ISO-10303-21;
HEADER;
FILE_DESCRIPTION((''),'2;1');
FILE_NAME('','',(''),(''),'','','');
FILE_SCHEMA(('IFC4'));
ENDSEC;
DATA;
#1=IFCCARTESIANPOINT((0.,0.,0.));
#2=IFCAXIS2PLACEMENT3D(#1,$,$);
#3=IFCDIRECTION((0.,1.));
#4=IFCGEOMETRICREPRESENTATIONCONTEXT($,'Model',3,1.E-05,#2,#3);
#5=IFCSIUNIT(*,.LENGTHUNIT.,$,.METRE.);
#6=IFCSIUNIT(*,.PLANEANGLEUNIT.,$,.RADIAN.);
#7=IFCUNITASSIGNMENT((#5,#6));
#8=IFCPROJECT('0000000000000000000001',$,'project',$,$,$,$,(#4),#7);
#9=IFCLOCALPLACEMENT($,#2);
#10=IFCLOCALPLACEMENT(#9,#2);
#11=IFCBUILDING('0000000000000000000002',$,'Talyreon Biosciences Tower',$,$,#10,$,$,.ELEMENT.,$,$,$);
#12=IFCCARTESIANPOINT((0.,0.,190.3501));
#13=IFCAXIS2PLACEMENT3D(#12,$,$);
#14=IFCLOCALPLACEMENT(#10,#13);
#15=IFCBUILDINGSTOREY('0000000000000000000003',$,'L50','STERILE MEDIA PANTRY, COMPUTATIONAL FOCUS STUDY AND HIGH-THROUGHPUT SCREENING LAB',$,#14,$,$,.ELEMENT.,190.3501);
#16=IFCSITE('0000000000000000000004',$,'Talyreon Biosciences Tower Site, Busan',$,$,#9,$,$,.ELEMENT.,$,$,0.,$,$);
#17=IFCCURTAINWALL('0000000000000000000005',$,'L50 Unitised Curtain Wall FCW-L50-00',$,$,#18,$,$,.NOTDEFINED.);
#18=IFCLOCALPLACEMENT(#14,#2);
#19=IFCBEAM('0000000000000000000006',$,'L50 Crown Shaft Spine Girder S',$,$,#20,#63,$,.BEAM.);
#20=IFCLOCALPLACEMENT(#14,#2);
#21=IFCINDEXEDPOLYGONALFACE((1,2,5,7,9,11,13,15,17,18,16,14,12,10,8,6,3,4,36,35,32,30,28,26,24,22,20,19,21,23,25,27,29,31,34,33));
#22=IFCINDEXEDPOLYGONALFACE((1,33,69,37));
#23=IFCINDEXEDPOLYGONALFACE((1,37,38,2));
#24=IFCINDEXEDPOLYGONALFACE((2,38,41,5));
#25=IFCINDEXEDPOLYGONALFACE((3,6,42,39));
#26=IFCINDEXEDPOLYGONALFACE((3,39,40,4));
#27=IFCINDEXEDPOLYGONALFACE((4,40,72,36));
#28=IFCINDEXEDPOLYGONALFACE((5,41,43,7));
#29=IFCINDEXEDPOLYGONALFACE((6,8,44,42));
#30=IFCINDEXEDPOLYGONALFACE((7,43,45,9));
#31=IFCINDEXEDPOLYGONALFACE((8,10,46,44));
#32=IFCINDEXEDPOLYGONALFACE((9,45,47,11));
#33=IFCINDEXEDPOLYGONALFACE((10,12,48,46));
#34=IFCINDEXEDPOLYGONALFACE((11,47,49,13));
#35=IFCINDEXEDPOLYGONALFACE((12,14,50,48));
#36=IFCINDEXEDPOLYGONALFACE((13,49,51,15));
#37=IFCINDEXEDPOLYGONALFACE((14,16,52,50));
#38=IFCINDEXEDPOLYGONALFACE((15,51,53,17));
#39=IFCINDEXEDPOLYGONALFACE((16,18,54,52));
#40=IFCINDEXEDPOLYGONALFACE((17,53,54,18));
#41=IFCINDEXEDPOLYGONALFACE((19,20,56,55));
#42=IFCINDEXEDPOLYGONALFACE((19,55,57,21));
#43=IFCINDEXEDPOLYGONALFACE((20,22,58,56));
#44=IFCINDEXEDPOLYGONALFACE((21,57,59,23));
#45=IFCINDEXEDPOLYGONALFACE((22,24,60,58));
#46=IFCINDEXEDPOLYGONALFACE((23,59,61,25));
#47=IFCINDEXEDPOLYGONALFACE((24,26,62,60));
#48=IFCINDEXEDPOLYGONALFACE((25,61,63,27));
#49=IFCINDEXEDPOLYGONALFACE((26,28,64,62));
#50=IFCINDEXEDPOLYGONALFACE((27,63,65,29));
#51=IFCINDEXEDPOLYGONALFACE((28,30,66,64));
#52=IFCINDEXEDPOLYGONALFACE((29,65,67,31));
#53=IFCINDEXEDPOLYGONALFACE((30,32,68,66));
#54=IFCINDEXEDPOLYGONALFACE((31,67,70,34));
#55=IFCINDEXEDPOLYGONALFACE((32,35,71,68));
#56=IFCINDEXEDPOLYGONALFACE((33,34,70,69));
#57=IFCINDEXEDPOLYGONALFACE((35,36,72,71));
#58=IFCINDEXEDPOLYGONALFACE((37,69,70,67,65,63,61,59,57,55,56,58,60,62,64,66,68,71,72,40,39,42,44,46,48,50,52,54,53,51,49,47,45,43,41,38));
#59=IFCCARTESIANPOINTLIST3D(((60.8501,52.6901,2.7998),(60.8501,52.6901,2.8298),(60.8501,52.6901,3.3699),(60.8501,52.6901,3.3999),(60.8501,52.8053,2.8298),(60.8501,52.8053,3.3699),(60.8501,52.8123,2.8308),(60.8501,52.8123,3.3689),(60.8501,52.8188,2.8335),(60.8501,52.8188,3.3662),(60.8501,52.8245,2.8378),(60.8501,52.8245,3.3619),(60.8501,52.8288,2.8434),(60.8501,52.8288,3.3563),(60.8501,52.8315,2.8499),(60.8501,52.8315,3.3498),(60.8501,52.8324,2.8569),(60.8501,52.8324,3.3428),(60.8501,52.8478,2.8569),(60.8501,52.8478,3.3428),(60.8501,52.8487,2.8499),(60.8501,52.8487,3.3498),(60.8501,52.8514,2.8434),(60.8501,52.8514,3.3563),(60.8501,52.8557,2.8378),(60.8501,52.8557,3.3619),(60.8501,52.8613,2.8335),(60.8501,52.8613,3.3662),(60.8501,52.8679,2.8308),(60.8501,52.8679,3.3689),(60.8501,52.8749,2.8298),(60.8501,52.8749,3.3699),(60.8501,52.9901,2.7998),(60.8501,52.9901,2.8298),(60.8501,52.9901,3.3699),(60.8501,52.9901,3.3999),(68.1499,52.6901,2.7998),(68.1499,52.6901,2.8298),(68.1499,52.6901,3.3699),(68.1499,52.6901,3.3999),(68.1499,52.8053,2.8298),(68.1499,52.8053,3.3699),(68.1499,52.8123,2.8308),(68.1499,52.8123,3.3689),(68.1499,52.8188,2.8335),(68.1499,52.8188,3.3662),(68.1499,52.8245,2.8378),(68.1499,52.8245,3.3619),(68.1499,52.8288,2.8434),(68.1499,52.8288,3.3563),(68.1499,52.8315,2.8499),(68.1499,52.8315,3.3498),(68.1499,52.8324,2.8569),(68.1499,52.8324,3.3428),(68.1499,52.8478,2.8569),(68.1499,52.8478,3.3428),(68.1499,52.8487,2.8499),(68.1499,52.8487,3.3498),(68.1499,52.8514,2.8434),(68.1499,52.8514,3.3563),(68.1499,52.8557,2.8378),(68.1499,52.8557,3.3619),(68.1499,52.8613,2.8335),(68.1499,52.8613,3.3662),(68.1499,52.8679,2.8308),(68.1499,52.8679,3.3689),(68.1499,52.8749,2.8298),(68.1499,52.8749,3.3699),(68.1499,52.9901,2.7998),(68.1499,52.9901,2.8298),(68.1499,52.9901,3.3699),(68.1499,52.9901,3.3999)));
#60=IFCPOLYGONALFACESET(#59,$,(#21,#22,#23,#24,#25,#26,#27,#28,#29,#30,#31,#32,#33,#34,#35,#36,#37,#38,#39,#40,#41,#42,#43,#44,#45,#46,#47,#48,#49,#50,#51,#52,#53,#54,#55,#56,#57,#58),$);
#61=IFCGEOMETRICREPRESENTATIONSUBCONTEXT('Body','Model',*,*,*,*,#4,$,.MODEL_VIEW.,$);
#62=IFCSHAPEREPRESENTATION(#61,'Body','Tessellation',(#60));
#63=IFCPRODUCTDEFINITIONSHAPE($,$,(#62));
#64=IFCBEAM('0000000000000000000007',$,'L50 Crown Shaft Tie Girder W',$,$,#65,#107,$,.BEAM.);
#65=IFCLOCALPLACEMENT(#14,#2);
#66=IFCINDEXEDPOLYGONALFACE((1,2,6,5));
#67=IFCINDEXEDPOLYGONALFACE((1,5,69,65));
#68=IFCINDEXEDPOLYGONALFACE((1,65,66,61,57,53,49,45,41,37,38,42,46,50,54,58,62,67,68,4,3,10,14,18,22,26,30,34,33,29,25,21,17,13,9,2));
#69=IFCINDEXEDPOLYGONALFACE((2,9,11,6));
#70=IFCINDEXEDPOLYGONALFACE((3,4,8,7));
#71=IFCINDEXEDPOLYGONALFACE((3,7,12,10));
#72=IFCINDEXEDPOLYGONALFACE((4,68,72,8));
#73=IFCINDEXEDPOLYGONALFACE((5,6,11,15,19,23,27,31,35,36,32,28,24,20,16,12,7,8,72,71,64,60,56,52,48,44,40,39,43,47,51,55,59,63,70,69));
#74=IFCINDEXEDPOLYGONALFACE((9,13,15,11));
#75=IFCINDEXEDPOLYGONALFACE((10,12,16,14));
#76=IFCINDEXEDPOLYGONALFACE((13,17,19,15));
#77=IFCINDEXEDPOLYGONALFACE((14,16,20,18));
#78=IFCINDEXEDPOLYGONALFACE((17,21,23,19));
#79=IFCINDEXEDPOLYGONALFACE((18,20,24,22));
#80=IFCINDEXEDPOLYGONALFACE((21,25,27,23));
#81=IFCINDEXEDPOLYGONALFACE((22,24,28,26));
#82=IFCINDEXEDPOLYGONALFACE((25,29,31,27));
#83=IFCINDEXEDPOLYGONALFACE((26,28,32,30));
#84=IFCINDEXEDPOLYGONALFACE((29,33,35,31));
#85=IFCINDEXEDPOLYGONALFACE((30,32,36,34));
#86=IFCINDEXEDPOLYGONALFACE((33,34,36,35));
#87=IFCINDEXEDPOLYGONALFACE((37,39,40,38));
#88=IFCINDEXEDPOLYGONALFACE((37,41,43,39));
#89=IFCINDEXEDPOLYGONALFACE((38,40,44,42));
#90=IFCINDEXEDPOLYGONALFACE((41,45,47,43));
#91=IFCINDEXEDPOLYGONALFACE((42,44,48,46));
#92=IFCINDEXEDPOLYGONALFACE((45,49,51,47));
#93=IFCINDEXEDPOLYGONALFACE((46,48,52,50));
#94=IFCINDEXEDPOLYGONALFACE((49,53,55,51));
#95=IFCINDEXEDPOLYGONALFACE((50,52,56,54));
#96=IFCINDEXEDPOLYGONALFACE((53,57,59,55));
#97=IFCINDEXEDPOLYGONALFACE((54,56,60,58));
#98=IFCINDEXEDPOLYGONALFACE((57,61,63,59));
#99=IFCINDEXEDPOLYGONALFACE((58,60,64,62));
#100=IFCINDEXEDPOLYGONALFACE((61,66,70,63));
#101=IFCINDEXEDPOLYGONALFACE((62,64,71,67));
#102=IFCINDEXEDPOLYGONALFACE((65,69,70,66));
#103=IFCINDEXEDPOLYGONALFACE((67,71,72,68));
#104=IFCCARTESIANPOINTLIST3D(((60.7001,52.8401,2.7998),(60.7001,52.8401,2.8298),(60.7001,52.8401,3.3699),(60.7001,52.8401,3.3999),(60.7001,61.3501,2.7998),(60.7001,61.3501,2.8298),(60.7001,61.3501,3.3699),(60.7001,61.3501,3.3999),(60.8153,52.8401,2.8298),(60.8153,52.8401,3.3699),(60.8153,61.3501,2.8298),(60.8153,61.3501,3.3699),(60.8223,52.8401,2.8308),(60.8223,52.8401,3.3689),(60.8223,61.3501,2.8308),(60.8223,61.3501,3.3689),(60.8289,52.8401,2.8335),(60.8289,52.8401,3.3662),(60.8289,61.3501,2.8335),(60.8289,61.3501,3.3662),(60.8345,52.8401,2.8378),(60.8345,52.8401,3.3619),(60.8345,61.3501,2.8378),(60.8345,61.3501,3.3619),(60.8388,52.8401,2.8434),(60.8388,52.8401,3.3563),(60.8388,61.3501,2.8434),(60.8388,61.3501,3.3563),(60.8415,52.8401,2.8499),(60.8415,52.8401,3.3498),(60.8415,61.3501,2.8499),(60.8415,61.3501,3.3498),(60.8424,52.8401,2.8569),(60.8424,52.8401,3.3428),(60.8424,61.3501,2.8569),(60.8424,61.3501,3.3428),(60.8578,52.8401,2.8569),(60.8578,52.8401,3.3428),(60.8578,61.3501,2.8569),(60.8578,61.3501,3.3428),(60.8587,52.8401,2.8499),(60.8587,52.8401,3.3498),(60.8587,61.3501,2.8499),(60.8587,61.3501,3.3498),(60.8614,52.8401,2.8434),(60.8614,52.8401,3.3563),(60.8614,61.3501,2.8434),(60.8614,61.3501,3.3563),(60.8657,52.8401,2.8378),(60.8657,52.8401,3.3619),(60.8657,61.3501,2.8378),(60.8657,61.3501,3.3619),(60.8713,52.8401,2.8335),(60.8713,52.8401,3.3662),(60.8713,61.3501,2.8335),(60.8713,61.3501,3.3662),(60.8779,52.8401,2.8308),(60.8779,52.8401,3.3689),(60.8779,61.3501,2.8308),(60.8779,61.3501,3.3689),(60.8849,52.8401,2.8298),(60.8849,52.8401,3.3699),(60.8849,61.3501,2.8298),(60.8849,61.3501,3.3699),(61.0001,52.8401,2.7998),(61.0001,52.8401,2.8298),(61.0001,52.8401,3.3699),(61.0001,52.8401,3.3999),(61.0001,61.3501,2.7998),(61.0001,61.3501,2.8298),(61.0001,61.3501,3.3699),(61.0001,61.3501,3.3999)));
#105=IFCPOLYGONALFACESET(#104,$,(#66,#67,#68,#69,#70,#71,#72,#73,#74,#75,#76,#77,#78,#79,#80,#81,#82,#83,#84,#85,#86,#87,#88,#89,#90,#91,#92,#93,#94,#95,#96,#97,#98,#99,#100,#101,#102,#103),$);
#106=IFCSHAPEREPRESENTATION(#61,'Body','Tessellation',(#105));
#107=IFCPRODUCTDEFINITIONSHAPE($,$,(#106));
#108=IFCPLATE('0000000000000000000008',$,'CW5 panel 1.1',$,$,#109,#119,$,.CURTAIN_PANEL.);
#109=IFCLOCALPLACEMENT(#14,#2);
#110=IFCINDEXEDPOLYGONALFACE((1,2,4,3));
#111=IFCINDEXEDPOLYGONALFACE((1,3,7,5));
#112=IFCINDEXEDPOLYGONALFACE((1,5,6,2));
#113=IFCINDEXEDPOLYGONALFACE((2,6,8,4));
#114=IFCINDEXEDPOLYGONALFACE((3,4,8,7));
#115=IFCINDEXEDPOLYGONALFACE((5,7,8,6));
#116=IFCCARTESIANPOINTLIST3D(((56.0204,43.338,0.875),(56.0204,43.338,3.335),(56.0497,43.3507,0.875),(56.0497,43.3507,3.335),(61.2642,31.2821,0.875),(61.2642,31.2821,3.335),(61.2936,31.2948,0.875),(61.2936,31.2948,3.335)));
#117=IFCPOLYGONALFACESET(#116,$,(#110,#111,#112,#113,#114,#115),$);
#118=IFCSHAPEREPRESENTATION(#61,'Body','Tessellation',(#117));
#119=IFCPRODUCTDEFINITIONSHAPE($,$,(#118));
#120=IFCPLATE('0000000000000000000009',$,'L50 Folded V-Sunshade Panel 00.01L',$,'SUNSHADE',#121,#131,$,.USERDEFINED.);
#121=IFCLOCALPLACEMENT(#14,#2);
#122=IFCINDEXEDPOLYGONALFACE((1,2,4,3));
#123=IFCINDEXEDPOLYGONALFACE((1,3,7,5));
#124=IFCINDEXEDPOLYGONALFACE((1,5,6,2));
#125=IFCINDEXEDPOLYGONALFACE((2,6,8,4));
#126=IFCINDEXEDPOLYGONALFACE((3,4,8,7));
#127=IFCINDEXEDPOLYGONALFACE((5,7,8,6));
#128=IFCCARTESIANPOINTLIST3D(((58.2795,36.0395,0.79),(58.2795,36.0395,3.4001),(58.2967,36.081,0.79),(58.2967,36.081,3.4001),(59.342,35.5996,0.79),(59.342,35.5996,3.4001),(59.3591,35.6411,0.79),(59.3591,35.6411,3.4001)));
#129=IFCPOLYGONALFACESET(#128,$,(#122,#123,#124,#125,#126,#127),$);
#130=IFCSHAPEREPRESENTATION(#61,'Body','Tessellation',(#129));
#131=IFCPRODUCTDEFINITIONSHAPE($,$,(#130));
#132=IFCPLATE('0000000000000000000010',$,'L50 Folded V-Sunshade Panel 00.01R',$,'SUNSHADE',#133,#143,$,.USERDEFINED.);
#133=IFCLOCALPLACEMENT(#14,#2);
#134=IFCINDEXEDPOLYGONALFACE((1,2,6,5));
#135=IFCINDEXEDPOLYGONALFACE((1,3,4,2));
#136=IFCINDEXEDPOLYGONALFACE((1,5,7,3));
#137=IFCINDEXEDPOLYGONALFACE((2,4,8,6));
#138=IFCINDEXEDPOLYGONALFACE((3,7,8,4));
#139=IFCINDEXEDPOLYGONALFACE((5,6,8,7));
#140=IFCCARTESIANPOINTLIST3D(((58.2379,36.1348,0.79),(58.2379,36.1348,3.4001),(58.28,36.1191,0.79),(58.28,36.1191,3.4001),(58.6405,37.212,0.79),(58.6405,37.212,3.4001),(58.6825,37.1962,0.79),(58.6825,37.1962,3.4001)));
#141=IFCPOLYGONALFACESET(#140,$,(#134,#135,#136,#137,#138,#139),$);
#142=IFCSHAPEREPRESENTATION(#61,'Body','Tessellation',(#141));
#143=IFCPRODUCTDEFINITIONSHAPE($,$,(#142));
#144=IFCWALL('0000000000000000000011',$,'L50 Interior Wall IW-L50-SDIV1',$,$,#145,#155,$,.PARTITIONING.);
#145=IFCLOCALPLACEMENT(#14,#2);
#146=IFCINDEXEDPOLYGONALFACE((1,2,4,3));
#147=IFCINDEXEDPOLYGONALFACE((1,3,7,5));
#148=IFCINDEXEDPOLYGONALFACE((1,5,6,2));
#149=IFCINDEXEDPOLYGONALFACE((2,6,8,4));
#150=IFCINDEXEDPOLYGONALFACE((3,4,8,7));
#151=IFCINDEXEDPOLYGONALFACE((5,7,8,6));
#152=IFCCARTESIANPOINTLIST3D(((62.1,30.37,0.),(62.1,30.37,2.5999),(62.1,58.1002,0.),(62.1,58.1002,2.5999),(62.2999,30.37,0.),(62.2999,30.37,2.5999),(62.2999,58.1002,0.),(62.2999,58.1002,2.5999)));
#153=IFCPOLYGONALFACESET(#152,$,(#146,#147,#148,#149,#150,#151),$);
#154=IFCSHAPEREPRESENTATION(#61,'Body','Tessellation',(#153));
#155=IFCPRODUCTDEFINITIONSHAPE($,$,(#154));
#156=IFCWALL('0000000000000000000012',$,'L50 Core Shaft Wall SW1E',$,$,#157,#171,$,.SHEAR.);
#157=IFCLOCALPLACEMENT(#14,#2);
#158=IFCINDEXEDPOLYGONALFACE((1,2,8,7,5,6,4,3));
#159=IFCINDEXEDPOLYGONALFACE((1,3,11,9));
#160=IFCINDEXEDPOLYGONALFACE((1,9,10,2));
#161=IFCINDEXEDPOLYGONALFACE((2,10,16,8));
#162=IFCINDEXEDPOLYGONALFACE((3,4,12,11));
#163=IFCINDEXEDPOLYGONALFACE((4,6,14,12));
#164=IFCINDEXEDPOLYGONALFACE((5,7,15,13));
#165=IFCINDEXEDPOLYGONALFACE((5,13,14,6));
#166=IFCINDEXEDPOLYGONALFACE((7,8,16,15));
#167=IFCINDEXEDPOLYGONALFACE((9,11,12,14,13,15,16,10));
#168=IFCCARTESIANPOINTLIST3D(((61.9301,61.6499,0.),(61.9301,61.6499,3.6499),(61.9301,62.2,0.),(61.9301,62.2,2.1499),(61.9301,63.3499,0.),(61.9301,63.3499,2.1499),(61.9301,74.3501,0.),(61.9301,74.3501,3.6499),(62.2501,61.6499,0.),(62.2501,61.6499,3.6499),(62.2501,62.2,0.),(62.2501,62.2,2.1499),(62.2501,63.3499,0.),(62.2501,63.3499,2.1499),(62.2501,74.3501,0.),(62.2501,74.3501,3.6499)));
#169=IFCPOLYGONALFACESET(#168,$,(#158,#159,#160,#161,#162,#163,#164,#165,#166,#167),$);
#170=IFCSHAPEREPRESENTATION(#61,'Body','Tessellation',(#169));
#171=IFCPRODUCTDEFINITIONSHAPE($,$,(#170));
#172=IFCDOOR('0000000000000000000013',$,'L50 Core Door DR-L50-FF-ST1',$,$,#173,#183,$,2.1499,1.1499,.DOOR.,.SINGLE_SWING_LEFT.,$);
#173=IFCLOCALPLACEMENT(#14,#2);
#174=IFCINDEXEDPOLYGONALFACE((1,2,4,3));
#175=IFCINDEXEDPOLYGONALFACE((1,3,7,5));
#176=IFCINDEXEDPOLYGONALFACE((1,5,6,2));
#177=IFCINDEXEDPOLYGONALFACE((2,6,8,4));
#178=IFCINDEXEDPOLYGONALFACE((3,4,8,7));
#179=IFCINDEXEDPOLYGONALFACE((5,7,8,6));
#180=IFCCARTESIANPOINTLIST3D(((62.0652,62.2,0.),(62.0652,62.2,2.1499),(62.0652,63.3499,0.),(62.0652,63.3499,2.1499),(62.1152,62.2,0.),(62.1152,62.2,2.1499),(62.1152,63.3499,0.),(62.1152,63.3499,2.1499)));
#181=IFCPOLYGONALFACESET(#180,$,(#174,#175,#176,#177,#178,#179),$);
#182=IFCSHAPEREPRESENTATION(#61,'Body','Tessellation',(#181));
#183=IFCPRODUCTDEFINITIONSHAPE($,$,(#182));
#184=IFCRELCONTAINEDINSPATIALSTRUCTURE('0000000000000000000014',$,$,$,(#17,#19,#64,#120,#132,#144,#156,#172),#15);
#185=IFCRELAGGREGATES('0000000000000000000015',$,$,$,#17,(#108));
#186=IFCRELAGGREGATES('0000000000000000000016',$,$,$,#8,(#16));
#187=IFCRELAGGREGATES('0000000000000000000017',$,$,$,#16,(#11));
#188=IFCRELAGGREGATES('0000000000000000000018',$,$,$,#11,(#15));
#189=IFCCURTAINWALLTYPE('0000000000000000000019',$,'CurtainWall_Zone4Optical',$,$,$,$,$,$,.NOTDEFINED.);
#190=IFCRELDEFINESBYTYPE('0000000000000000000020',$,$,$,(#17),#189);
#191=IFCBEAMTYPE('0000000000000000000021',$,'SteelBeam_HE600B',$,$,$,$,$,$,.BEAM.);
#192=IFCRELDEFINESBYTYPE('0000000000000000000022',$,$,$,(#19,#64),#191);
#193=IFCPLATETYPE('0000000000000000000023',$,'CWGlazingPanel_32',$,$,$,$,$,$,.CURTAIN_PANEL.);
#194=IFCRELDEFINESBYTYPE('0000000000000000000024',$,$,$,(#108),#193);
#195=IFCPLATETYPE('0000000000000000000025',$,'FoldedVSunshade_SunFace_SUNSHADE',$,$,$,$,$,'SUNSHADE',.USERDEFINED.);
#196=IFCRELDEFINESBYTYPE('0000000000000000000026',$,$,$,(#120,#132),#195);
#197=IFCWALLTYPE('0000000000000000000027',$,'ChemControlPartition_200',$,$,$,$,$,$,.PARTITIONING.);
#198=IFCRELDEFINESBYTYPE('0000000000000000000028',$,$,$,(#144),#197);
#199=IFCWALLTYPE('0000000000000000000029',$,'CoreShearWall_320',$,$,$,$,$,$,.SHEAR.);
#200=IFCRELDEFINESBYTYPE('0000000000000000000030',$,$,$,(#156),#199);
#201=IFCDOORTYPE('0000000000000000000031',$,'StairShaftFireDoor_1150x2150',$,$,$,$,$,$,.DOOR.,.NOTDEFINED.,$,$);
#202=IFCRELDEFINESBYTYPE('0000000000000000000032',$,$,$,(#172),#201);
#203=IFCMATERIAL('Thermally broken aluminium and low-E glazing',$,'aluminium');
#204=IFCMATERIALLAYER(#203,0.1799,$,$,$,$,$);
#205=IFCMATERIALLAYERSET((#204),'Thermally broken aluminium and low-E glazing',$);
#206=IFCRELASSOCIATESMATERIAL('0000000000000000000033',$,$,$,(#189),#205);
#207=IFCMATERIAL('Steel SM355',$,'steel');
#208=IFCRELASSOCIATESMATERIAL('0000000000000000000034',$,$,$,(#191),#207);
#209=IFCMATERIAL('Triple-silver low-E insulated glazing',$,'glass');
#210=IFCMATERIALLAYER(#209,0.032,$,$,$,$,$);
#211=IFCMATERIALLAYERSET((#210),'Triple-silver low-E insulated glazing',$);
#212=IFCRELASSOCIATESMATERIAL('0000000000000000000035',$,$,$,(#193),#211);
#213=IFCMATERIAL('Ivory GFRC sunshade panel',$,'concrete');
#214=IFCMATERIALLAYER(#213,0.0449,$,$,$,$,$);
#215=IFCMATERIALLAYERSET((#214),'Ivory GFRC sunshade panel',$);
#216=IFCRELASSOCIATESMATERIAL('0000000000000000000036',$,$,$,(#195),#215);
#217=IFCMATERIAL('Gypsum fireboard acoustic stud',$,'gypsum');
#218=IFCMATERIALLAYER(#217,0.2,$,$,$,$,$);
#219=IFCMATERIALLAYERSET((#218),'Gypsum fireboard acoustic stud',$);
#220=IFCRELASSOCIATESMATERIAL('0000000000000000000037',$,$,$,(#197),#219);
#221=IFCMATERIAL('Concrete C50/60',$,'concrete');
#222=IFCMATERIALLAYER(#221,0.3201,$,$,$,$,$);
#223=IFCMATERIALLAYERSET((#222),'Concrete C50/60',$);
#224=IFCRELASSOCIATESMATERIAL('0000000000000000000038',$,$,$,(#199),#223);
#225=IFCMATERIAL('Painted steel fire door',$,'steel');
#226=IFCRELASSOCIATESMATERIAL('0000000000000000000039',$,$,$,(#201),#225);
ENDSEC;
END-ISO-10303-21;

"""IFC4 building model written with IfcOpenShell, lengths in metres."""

from ifc_helpers import new_model, si_unit, direction, frame, frame_2d, origin, origin_2d, place, context, subcontext, project, spatial, rectangle, i_section, extrude, material, layer, layer_set, material_profile, profile_set, type_object, element, fill, aggregate, save


model = new_model("IFC4")

# Units and contexts
model_context = context("Model", 3, precision=1e-05, world=origin(), true_north=direction((0.0, 1.0)))
body_context = subcontext(model_context, "Body", "Model", "MODEL_VIEW")
ifc_project = project(units=[si_unit("LENGTHUNIT", "METRE"), si_unit("PLANEANGLEUNIT", "RADIAN")], contexts=[model_context])

# Site, building, storey
site_placement = place(None, origin())
site = spatial("IfcSite", under=ifc_project, at=site_placement, Name="Talyreon Biosciences Tower Site, Busan", CompositionType="ELEMENT", RefElevation=0.0)
building_placement = place(site_placement, origin())
building = spatial("IfcBuilding", under=site, at=building_placement, Name="Talyreon Biosciences Tower", CompositionType="ELEMENT")
storey_placement = place(building_placement, frame((0.0, 0.0, 190.3501)))
storey = spatial("IfcBuildingStorey", under=building, at=storey_placement, Name="L50", Description="STERILE MEDIA PANTRY, COMPUTATIONAL FOCUS STUDY AND HIGH-THROUGHPUT SCREENING LAB", CompositionType="ELEMENT", Elevation=190.3501)

# Shared definitions
ifc_material_1 = material(Name="Concrete C50/60", Category="concrete")

# Curtain wall
ifc_material_2 = material(Name="Thermally broken aluminium and low-E glazing", Category="aluminium")
ifc_layer_1 = layer(ifc_material_2, 0.1799)
ifc_layer_set_1 = layer_set([ifc_layer_1], Name="Thermally broken aluminium and low-E glazing")
curtain_wall_type = type_object("IfcCurtainWallType", Name="CurtainWall_Zone4Optical", PredefinedType="NOTDEFINED", material=ifc_layer_set_1)
curtain_wall_placement = place(storey_placement, origin())
curtain_wall = element("IfcCurtainWall", 1, at=curtain_wall_placement, inside=storey, type_object=curtain_wall_type, Name="L50 Unitised Curtain Wall FCW-L50-00", PredefinedType="NOTDEFINED")

# Beams
ifc_material_3 = material(Name="Steel SM355", Category="steel")
ifc_material_profile_1 = material_profile(ifc_material_3, i_section(OverallWidth=0.3, OverallDepth=0.6001, WebThickness=0.0154, FlangeThickness=0.03, FilletRadius=0.0271, at=origin_2d()), Name="HE600B")
ifc_profile_set_1 = profile_set([ifc_material_profile_1], Name="Steel SM355")
beam_type_1 = type_object("IfcBeamType", Name="SteelBeam_HE600B", PredefinedType="BEAM", material=ifc_profile_set_1)
beam_1_placement = place(storey_placement, frame((60.8501, 52.8401, 3.0999), z_axis=(1.0, 0.0, 0.0), x_axis=(0.0, 1.0, 0.0)))
element("IfcBeam", 2, at=beam_1_placement, inside=storey, type_object=beam_type_1, Name="L50 Crown Shaft Spine Girder S", PredefinedType="BEAM", context=body_context, shape_type="SweptSolid", body=[
    extrude(i_section(OverallWidth=0.3, OverallDepth=0.6001, WebThickness=0.0154, FlangeThickness=0.03, FilletRadius=0.0271, at=origin_2d()), origin(), (0.0, 0.0, 1.0), 7.2998),
])
beam_2_placement = place(storey_placement, frame((60.8501, 52.8401, 3.0999), z_axis=(0.0, 1.0, 0.0), x_axis=(-1.0, 0.0, 0.0)))
element("IfcBeam", 3, at=beam_2_placement, inside=storey, type_object=beam_type_1, Name="L50 Crown Shaft Tie Girder W", PredefinedType="BEAM", context=body_context, shape_type="SweptSolid", body=[
    extrude(i_section(OverallWidth=0.3, OverallDepth=0.6001, WebThickness=0.0154, FlangeThickness=0.03, FilletRadius=0.0271, at=origin_2d()), origin(), (0.0, 0.0, 1.0), 8.51),
])

# Plate
ifc_material_4 = material(Name="Triple-silver low-E insulated glazing", Category="glass")
ifc_layer_2 = layer(ifc_material_4, 0.032)
ifc_layer_set_2 = layer_set([ifc_layer_2], Name="Triple-silver low-E insulated glazing")
plate_type_1 = type_object("IfcPlateType", Name="CWGlazingPanel_32", PredefinedType="CURTAIN_PANEL", material=ifc_layer_set_2)
plate_placement = place(storey_placement, frame((58.657, 37.3164, 0.875), z_axis=(0.0, 0.0, 1.0), x_axis=(-0.398862, 0.917011, 0.0)))
plate = element("IfcPlate", 4, at=plate_placement, type_object=plate_type_1, Name="CW5 panel 1.1", PredefinedType="CURTAIN_PANEL", context=body_context, shape_type="SweptSolid", body=[
    extrude(rectangle(XDim=13.147, YDim=0.032, at=origin_2d()), origin(), (0.0, 0.0, 1.0), 2.46),
])
aggregate(curtain_wall, [plate])

# Plates
ifc_material_5 = material(Name="Ivory GFRC sunshade panel", Category="concrete")
ifc_layer_3 = layer(ifc_material_5, 0.0449)
ifc_layer_set_3 = layer_set([ifc_layer_3], Name="Ivory GFRC sunshade panel")
plate_type_2 = type_object("IfcPlateType", Name="FoldedVSunshade_SunFace_SUNSHADE", ElementType="SUNSHADE", PredefinedType="USERDEFINED", material=ifc_layer_set_3)
for number, where, z_axis, x_axis, name in (
    (5, (58.8193, 35.8403, 0.79), (0.0, 0.0, 1.0), (-0.923926, 0.382571, 0.0), "L50 Folded V-Sunshade Panel 00.01L"),
    (6, (58.4602, 36.6655, 0.79), (0.0, 0.0, 1.0), (0.350093, 0.936715, 0.0), "L50 Folded V-Sunshade Panel 00.01R"),
):
    element("IfcPlate", number, at=place(storey_placement, frame(where, z_axis=z_axis, x_axis=x_axis)), inside=storey, type_object=plate_type_2, Name=name, ObjectType="SUNSHADE", PredefinedType="USERDEFINED", context=body_context, shape_type="SweptSolid", body=[
        extrude(rectangle(XDim=1.1499, YDim=0.0449, at=origin_2d()), origin(), (0.0, 0.0, 1.0), 2.6101),
    ])

# Wall
ifc_material_6 = material(Name="Gypsum fireboard acoustic stud", Category="gypsum")
ifc_layer_4 = layer(ifc_material_6, 0.2)
ifc_layer_set_4 = layer_set([ifc_layer_4], Name="Gypsum fireboard acoustic stud")
wall_type_1 = type_object("IfcWallType", Name="ChemControlPartition_200", PredefinedType="PARTITIONING", material=ifc_layer_set_4)
wall_1_placement = place(storey_placement, frame((62.2, 30.3699, 0.0), z_axis=(0.0, 0.0, 1.0), x_axis=(0.0, 1.0, 0.0)))
element("IfcWall", 7, at=wall_1_placement, inside=storey, type_object=wall_type_1, Name="L50 Interior Wall IW-L50-SDIV1", PredefinedType="PARTITIONING", context=body_context, shape_type="SweptSolid", body=[
    extrude(rectangle(XDim=27.7302, YDim=0.2, at=frame_2d((13.8652, 0.0))), origin(), (0.0, 0.0, 1.0), 2.5999),
])

# Wall, opening, door
ifc_layer_5 = layer(ifc_material_1, 0.3201)
ifc_layer_set_5 = layer_set([ifc_layer_5], Name="Concrete C50/60")
wall_type_2 = type_object("IfcWallType", Name="CoreShearWall_320", PredefinedType="SHEAR", material=ifc_layer_set_5)
wall_2_placement = place(storey_placement, frame((62.0901, 61.6499, 0.0), z_axis=(0.0, 0.0, 1.0), x_axis=(0.0, 1.0, 0.0)))
wall_2 = element("IfcWall", 8, at=wall_2_placement, inside=storey, type_object=wall_type_2, Name="L50 Core Shaft Wall SW1E", PredefinedType="SHEAR", context=body_context, shape_type="SweptSolid", body=[
    extrude(rectangle(XDim=12.7002, YDim=0.3201, at=frame_2d((6.3501, 0.0))), origin(), (0.0, 0.0, 1.0), 3.6499),
])
opening_1_placement = place(wall_2_placement, frame((0.55, 0.0, 0.0)))
opening_1 = element("IfcOpeningElement", 9, at=opening_1_placement, cuts=wall_2, PredefinedType="OPENING", context=body_context, shape_type="SweptSolid", body=[
    extrude(rectangle(XDim=1.1499, YDim=2.1499, at=frame_2d((0.575, 1.075))), frame((0.0, 0.1699, 0.0), z_axis=(0.0, -1.0, 0.0), x_axis=(1.0, 0.0, 0.0)), (0.0, 0.0, 1.0), 0.3401),
])
ifc_material_7 = material(Name="Painted steel fire door", Category="steel")
door_type_1 = type_object("IfcDoorType", Name="StairShaftFireDoor_1150x2150", OperationType="NOTDEFINED", PredefinedType="DOOR", material=ifc_material_7)
door_1_placement = place(opening_1_placement, origin())
door_1 = element("IfcDoor", 10, at=door_1_placement, inside=storey, type_object=door_type_1, Name="L50 Core Door DR-L50-FF-ST1", OperationType="SINGLE_SWING_LEFT", OverallHeight=2.1499, OverallWidth=1.1499, PredefinedType="DOOR", context=body_context, shape_type="SweptSolid", body=[
    extrude(rectangle(XDim=1.1499, YDim=2.1499, at=frame_2d((0.575, 1.075))), frame((0.0, 0.0249, 0.0), z_axis=(0.0, -1.0, 0.0), x_axis=(1.0, 0.0, 0.0)), (0.0, 0.0, 1.0), 0.05),
])
fill(opening_1, door_1)

save(model, "model.ifc")
